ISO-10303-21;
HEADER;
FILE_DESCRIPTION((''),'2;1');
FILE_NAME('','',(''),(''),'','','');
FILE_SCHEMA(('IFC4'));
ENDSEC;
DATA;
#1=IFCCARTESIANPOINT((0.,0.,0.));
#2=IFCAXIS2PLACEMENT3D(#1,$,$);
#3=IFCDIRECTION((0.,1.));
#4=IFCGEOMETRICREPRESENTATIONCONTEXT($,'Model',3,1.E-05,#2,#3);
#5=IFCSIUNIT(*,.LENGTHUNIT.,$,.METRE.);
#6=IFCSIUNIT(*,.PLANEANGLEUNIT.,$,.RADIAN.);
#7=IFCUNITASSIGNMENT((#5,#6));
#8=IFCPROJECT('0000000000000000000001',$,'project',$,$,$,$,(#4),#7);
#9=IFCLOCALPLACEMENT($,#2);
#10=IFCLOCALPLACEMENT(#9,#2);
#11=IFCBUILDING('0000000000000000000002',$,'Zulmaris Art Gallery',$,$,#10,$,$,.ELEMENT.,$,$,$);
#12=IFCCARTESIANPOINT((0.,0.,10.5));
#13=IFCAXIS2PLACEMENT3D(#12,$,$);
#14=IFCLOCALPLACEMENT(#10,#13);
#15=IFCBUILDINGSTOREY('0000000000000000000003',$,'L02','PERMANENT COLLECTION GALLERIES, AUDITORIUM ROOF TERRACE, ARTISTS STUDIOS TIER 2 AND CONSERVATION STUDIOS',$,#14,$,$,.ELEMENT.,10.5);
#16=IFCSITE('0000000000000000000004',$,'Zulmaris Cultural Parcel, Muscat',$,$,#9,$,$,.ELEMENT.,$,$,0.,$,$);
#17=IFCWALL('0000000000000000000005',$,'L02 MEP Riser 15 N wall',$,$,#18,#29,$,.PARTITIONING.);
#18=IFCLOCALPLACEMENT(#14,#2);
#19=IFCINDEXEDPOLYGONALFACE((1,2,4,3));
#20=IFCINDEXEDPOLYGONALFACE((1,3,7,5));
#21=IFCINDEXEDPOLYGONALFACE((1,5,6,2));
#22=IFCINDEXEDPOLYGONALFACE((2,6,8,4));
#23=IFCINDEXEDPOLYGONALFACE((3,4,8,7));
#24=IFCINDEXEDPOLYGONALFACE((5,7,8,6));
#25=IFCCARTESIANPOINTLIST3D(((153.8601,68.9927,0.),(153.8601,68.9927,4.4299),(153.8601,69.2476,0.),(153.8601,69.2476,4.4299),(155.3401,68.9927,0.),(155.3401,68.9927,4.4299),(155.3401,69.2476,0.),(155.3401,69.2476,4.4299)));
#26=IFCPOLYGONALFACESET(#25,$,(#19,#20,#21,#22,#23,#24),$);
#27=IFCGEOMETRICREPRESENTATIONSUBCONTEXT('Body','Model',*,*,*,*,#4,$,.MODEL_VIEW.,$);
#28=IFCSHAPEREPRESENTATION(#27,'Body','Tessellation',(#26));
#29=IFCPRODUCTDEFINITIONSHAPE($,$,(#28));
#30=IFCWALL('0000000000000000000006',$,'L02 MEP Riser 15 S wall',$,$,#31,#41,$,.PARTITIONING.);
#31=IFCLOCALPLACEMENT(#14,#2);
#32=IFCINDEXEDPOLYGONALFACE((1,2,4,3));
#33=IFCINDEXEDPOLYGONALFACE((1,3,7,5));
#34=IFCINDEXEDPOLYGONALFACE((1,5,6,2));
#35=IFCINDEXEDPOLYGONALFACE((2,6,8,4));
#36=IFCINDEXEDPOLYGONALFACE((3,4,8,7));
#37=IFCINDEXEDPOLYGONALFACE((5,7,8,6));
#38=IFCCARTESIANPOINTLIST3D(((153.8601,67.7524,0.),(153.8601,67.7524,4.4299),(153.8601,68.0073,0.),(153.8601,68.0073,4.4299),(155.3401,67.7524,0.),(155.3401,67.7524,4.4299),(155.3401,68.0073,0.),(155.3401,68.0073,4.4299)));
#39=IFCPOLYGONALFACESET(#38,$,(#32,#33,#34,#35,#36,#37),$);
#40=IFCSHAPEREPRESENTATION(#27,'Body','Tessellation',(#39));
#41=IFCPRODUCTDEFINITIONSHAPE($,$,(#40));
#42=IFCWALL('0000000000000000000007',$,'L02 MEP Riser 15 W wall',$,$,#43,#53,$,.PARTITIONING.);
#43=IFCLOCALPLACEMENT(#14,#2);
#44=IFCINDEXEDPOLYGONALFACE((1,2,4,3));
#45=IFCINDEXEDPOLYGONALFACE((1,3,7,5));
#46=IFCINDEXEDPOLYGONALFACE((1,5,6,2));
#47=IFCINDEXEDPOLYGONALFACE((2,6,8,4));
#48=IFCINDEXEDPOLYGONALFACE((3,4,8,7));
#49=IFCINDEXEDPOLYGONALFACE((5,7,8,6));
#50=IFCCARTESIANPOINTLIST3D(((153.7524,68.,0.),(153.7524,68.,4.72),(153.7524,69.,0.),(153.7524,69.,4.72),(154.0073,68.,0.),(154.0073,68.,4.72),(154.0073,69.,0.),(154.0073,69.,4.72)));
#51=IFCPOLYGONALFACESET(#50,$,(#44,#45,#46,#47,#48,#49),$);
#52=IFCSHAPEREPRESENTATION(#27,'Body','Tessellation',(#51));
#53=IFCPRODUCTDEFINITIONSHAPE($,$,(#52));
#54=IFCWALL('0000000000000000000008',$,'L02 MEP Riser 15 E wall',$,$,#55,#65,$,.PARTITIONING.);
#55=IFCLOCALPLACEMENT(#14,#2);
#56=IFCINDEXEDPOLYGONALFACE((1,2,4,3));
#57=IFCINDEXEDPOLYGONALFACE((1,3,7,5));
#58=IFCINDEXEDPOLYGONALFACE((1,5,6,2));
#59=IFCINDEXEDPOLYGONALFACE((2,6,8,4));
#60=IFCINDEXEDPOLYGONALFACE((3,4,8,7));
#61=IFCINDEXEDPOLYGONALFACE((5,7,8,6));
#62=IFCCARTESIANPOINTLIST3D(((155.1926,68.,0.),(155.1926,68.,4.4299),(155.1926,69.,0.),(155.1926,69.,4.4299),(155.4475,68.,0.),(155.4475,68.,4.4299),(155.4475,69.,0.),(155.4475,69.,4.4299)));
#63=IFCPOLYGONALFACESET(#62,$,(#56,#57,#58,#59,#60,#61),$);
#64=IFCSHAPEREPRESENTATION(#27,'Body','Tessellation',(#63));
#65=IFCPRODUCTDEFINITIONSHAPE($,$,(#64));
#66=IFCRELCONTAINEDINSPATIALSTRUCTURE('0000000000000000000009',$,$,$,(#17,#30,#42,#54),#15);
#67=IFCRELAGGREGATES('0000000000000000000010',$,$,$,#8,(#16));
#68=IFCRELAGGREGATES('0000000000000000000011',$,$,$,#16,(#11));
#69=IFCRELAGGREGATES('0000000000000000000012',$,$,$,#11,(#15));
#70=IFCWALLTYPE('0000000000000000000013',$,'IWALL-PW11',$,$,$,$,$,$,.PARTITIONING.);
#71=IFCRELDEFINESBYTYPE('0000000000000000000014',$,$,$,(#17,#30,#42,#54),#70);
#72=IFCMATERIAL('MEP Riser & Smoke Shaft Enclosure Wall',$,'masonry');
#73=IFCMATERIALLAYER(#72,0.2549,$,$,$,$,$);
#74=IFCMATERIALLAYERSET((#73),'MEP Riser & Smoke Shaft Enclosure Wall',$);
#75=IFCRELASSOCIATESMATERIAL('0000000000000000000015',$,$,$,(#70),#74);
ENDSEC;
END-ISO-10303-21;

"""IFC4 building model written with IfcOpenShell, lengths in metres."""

from ifc_helpers import new_model, si_unit, direction, frame, frame_2d, origin, place, context, subcontext, project, spatial, rectangle, extrude, material, layer, layer_set, type_object, element, save


model = new_model("IFC4")

# Units and contexts
model_context = context("Model", 3, precision=1e-05, world=origin(), true_north=direction((0.0, 1.0)))
body_context = subcontext(model_context, "Body", "Model", "MODEL_VIEW")
ifc_project = project(units=[si_unit("LENGTHUNIT", "METRE"), si_unit("PLANEANGLEUNIT", "RADIAN")], contexts=[model_context])

# Site, building, storey
site_placement = place(None, origin())
site = spatial("IfcSite", under=ifc_project, at=site_placement, Name="Zulmaris Cultural Parcel, Muscat", CompositionType="ELEMENT", RefElevation=0.0)
building_placement = place(site_placement, origin())
building = spatial("IfcBuilding", under=site, at=building_placement, Name="Zulmaris Art Gallery", CompositionType="ELEMENT")
storey_placement = place(building_placement, frame((0.0, 0.0, 10.5)))
storey = spatial("IfcBuildingStorey", under=building, at=storey_placement, Name="L02", Description="PERMANENT COLLECTION GALLERIES, AUDITORIUM ROOF TERRACE, ARTISTS STUDIOS TIER 2 AND CONSERVATION STUDIOS", CompositionType="ELEMENT", Elevation=10.5)

# Walls
ifc_material_1 = material(Name="MEP Riser & Smoke Shaft Enclosure Wall", Category="masonry")
ifc_layer_1 = layer(ifc_material_1, 0.2549)
ifc_layer_set_1 = layer_set([ifc_layer_1], Name="MEP Riser & Smoke Shaft Enclosure Wall")
wall_type_1 = type_object("IfcWallType", Name="IWALL-PW11", PredefinedType="PARTITIONING", material=ifc_layer_set_1)
for number, where, z_axis, x_axis, name in (
    (1, (153.8601, 69.1201, 0.0), (0.0, 0.0, 1.0), (1.0, 0.0, 0.0), "L02 MEP Riser 15 N wall"),
    (2, (153.8601, 67.8799, 0.0), (0.0, 0.0, 1.0), (1.0, 0.0, 0.0), "L02 MEP Riser 15 S wall"),
):
    element("IfcWall", number, at=place(storey_placement, frame(where, z_axis=z_axis, x_axis=x_axis)), inside=storey, type_object=wall_type_1, Name=name, PredefinedType="PARTITIONING", context=body_context, shape_type="SweptSolid", body=[
        extrude(rectangle(XDim=1.48, YDim=0.2549, at=frame_2d((0.74, 0.0))), origin(), (0.0, 0.0, 1.0), 4.4299),
    ])
wall_1_placement = place(storey_placement, frame((153.8799, 68.0, 0.0), z_axis=(0.0, 0.0, 1.0), x_axis=(0.0, 1.0, 0.0)))
element("IfcWall", 3, at=wall_1_placement, inside=storey, type_object=wall_type_1, Name="L02 MEP Riser 15 W wall", PredefinedType="PARTITIONING", context=body_context, shape_type="SweptSolid", body=[
    extrude(rectangle(XDim=1.0, YDim=0.2549, at=frame_2d((0.5, 0.0))), origin(), (0.0, 0.0, 1.0), 4.72),
])
wall_2_placement = place(storey_placement, frame((155.3201, 68.0, 0.0), z_axis=(0.0, 0.0, 1.0), x_axis=(0.0, 1.0, 0.0)))
element("IfcWall", 4, at=wall_2_placement, inside=storey, type_object=wall_type_1, Name="L02 MEP Riser 15 E wall", PredefinedType="PARTITIONING", context=body_context, shape_type="SweptSolid", body=[
    extrude(rectangle(XDim=1.0, YDim=0.2549, at=frame_2d((0.5, 0.0))), origin(), (0.0, 0.0, 1.0), 4.4299),
])

save(model, "model.ifc")
